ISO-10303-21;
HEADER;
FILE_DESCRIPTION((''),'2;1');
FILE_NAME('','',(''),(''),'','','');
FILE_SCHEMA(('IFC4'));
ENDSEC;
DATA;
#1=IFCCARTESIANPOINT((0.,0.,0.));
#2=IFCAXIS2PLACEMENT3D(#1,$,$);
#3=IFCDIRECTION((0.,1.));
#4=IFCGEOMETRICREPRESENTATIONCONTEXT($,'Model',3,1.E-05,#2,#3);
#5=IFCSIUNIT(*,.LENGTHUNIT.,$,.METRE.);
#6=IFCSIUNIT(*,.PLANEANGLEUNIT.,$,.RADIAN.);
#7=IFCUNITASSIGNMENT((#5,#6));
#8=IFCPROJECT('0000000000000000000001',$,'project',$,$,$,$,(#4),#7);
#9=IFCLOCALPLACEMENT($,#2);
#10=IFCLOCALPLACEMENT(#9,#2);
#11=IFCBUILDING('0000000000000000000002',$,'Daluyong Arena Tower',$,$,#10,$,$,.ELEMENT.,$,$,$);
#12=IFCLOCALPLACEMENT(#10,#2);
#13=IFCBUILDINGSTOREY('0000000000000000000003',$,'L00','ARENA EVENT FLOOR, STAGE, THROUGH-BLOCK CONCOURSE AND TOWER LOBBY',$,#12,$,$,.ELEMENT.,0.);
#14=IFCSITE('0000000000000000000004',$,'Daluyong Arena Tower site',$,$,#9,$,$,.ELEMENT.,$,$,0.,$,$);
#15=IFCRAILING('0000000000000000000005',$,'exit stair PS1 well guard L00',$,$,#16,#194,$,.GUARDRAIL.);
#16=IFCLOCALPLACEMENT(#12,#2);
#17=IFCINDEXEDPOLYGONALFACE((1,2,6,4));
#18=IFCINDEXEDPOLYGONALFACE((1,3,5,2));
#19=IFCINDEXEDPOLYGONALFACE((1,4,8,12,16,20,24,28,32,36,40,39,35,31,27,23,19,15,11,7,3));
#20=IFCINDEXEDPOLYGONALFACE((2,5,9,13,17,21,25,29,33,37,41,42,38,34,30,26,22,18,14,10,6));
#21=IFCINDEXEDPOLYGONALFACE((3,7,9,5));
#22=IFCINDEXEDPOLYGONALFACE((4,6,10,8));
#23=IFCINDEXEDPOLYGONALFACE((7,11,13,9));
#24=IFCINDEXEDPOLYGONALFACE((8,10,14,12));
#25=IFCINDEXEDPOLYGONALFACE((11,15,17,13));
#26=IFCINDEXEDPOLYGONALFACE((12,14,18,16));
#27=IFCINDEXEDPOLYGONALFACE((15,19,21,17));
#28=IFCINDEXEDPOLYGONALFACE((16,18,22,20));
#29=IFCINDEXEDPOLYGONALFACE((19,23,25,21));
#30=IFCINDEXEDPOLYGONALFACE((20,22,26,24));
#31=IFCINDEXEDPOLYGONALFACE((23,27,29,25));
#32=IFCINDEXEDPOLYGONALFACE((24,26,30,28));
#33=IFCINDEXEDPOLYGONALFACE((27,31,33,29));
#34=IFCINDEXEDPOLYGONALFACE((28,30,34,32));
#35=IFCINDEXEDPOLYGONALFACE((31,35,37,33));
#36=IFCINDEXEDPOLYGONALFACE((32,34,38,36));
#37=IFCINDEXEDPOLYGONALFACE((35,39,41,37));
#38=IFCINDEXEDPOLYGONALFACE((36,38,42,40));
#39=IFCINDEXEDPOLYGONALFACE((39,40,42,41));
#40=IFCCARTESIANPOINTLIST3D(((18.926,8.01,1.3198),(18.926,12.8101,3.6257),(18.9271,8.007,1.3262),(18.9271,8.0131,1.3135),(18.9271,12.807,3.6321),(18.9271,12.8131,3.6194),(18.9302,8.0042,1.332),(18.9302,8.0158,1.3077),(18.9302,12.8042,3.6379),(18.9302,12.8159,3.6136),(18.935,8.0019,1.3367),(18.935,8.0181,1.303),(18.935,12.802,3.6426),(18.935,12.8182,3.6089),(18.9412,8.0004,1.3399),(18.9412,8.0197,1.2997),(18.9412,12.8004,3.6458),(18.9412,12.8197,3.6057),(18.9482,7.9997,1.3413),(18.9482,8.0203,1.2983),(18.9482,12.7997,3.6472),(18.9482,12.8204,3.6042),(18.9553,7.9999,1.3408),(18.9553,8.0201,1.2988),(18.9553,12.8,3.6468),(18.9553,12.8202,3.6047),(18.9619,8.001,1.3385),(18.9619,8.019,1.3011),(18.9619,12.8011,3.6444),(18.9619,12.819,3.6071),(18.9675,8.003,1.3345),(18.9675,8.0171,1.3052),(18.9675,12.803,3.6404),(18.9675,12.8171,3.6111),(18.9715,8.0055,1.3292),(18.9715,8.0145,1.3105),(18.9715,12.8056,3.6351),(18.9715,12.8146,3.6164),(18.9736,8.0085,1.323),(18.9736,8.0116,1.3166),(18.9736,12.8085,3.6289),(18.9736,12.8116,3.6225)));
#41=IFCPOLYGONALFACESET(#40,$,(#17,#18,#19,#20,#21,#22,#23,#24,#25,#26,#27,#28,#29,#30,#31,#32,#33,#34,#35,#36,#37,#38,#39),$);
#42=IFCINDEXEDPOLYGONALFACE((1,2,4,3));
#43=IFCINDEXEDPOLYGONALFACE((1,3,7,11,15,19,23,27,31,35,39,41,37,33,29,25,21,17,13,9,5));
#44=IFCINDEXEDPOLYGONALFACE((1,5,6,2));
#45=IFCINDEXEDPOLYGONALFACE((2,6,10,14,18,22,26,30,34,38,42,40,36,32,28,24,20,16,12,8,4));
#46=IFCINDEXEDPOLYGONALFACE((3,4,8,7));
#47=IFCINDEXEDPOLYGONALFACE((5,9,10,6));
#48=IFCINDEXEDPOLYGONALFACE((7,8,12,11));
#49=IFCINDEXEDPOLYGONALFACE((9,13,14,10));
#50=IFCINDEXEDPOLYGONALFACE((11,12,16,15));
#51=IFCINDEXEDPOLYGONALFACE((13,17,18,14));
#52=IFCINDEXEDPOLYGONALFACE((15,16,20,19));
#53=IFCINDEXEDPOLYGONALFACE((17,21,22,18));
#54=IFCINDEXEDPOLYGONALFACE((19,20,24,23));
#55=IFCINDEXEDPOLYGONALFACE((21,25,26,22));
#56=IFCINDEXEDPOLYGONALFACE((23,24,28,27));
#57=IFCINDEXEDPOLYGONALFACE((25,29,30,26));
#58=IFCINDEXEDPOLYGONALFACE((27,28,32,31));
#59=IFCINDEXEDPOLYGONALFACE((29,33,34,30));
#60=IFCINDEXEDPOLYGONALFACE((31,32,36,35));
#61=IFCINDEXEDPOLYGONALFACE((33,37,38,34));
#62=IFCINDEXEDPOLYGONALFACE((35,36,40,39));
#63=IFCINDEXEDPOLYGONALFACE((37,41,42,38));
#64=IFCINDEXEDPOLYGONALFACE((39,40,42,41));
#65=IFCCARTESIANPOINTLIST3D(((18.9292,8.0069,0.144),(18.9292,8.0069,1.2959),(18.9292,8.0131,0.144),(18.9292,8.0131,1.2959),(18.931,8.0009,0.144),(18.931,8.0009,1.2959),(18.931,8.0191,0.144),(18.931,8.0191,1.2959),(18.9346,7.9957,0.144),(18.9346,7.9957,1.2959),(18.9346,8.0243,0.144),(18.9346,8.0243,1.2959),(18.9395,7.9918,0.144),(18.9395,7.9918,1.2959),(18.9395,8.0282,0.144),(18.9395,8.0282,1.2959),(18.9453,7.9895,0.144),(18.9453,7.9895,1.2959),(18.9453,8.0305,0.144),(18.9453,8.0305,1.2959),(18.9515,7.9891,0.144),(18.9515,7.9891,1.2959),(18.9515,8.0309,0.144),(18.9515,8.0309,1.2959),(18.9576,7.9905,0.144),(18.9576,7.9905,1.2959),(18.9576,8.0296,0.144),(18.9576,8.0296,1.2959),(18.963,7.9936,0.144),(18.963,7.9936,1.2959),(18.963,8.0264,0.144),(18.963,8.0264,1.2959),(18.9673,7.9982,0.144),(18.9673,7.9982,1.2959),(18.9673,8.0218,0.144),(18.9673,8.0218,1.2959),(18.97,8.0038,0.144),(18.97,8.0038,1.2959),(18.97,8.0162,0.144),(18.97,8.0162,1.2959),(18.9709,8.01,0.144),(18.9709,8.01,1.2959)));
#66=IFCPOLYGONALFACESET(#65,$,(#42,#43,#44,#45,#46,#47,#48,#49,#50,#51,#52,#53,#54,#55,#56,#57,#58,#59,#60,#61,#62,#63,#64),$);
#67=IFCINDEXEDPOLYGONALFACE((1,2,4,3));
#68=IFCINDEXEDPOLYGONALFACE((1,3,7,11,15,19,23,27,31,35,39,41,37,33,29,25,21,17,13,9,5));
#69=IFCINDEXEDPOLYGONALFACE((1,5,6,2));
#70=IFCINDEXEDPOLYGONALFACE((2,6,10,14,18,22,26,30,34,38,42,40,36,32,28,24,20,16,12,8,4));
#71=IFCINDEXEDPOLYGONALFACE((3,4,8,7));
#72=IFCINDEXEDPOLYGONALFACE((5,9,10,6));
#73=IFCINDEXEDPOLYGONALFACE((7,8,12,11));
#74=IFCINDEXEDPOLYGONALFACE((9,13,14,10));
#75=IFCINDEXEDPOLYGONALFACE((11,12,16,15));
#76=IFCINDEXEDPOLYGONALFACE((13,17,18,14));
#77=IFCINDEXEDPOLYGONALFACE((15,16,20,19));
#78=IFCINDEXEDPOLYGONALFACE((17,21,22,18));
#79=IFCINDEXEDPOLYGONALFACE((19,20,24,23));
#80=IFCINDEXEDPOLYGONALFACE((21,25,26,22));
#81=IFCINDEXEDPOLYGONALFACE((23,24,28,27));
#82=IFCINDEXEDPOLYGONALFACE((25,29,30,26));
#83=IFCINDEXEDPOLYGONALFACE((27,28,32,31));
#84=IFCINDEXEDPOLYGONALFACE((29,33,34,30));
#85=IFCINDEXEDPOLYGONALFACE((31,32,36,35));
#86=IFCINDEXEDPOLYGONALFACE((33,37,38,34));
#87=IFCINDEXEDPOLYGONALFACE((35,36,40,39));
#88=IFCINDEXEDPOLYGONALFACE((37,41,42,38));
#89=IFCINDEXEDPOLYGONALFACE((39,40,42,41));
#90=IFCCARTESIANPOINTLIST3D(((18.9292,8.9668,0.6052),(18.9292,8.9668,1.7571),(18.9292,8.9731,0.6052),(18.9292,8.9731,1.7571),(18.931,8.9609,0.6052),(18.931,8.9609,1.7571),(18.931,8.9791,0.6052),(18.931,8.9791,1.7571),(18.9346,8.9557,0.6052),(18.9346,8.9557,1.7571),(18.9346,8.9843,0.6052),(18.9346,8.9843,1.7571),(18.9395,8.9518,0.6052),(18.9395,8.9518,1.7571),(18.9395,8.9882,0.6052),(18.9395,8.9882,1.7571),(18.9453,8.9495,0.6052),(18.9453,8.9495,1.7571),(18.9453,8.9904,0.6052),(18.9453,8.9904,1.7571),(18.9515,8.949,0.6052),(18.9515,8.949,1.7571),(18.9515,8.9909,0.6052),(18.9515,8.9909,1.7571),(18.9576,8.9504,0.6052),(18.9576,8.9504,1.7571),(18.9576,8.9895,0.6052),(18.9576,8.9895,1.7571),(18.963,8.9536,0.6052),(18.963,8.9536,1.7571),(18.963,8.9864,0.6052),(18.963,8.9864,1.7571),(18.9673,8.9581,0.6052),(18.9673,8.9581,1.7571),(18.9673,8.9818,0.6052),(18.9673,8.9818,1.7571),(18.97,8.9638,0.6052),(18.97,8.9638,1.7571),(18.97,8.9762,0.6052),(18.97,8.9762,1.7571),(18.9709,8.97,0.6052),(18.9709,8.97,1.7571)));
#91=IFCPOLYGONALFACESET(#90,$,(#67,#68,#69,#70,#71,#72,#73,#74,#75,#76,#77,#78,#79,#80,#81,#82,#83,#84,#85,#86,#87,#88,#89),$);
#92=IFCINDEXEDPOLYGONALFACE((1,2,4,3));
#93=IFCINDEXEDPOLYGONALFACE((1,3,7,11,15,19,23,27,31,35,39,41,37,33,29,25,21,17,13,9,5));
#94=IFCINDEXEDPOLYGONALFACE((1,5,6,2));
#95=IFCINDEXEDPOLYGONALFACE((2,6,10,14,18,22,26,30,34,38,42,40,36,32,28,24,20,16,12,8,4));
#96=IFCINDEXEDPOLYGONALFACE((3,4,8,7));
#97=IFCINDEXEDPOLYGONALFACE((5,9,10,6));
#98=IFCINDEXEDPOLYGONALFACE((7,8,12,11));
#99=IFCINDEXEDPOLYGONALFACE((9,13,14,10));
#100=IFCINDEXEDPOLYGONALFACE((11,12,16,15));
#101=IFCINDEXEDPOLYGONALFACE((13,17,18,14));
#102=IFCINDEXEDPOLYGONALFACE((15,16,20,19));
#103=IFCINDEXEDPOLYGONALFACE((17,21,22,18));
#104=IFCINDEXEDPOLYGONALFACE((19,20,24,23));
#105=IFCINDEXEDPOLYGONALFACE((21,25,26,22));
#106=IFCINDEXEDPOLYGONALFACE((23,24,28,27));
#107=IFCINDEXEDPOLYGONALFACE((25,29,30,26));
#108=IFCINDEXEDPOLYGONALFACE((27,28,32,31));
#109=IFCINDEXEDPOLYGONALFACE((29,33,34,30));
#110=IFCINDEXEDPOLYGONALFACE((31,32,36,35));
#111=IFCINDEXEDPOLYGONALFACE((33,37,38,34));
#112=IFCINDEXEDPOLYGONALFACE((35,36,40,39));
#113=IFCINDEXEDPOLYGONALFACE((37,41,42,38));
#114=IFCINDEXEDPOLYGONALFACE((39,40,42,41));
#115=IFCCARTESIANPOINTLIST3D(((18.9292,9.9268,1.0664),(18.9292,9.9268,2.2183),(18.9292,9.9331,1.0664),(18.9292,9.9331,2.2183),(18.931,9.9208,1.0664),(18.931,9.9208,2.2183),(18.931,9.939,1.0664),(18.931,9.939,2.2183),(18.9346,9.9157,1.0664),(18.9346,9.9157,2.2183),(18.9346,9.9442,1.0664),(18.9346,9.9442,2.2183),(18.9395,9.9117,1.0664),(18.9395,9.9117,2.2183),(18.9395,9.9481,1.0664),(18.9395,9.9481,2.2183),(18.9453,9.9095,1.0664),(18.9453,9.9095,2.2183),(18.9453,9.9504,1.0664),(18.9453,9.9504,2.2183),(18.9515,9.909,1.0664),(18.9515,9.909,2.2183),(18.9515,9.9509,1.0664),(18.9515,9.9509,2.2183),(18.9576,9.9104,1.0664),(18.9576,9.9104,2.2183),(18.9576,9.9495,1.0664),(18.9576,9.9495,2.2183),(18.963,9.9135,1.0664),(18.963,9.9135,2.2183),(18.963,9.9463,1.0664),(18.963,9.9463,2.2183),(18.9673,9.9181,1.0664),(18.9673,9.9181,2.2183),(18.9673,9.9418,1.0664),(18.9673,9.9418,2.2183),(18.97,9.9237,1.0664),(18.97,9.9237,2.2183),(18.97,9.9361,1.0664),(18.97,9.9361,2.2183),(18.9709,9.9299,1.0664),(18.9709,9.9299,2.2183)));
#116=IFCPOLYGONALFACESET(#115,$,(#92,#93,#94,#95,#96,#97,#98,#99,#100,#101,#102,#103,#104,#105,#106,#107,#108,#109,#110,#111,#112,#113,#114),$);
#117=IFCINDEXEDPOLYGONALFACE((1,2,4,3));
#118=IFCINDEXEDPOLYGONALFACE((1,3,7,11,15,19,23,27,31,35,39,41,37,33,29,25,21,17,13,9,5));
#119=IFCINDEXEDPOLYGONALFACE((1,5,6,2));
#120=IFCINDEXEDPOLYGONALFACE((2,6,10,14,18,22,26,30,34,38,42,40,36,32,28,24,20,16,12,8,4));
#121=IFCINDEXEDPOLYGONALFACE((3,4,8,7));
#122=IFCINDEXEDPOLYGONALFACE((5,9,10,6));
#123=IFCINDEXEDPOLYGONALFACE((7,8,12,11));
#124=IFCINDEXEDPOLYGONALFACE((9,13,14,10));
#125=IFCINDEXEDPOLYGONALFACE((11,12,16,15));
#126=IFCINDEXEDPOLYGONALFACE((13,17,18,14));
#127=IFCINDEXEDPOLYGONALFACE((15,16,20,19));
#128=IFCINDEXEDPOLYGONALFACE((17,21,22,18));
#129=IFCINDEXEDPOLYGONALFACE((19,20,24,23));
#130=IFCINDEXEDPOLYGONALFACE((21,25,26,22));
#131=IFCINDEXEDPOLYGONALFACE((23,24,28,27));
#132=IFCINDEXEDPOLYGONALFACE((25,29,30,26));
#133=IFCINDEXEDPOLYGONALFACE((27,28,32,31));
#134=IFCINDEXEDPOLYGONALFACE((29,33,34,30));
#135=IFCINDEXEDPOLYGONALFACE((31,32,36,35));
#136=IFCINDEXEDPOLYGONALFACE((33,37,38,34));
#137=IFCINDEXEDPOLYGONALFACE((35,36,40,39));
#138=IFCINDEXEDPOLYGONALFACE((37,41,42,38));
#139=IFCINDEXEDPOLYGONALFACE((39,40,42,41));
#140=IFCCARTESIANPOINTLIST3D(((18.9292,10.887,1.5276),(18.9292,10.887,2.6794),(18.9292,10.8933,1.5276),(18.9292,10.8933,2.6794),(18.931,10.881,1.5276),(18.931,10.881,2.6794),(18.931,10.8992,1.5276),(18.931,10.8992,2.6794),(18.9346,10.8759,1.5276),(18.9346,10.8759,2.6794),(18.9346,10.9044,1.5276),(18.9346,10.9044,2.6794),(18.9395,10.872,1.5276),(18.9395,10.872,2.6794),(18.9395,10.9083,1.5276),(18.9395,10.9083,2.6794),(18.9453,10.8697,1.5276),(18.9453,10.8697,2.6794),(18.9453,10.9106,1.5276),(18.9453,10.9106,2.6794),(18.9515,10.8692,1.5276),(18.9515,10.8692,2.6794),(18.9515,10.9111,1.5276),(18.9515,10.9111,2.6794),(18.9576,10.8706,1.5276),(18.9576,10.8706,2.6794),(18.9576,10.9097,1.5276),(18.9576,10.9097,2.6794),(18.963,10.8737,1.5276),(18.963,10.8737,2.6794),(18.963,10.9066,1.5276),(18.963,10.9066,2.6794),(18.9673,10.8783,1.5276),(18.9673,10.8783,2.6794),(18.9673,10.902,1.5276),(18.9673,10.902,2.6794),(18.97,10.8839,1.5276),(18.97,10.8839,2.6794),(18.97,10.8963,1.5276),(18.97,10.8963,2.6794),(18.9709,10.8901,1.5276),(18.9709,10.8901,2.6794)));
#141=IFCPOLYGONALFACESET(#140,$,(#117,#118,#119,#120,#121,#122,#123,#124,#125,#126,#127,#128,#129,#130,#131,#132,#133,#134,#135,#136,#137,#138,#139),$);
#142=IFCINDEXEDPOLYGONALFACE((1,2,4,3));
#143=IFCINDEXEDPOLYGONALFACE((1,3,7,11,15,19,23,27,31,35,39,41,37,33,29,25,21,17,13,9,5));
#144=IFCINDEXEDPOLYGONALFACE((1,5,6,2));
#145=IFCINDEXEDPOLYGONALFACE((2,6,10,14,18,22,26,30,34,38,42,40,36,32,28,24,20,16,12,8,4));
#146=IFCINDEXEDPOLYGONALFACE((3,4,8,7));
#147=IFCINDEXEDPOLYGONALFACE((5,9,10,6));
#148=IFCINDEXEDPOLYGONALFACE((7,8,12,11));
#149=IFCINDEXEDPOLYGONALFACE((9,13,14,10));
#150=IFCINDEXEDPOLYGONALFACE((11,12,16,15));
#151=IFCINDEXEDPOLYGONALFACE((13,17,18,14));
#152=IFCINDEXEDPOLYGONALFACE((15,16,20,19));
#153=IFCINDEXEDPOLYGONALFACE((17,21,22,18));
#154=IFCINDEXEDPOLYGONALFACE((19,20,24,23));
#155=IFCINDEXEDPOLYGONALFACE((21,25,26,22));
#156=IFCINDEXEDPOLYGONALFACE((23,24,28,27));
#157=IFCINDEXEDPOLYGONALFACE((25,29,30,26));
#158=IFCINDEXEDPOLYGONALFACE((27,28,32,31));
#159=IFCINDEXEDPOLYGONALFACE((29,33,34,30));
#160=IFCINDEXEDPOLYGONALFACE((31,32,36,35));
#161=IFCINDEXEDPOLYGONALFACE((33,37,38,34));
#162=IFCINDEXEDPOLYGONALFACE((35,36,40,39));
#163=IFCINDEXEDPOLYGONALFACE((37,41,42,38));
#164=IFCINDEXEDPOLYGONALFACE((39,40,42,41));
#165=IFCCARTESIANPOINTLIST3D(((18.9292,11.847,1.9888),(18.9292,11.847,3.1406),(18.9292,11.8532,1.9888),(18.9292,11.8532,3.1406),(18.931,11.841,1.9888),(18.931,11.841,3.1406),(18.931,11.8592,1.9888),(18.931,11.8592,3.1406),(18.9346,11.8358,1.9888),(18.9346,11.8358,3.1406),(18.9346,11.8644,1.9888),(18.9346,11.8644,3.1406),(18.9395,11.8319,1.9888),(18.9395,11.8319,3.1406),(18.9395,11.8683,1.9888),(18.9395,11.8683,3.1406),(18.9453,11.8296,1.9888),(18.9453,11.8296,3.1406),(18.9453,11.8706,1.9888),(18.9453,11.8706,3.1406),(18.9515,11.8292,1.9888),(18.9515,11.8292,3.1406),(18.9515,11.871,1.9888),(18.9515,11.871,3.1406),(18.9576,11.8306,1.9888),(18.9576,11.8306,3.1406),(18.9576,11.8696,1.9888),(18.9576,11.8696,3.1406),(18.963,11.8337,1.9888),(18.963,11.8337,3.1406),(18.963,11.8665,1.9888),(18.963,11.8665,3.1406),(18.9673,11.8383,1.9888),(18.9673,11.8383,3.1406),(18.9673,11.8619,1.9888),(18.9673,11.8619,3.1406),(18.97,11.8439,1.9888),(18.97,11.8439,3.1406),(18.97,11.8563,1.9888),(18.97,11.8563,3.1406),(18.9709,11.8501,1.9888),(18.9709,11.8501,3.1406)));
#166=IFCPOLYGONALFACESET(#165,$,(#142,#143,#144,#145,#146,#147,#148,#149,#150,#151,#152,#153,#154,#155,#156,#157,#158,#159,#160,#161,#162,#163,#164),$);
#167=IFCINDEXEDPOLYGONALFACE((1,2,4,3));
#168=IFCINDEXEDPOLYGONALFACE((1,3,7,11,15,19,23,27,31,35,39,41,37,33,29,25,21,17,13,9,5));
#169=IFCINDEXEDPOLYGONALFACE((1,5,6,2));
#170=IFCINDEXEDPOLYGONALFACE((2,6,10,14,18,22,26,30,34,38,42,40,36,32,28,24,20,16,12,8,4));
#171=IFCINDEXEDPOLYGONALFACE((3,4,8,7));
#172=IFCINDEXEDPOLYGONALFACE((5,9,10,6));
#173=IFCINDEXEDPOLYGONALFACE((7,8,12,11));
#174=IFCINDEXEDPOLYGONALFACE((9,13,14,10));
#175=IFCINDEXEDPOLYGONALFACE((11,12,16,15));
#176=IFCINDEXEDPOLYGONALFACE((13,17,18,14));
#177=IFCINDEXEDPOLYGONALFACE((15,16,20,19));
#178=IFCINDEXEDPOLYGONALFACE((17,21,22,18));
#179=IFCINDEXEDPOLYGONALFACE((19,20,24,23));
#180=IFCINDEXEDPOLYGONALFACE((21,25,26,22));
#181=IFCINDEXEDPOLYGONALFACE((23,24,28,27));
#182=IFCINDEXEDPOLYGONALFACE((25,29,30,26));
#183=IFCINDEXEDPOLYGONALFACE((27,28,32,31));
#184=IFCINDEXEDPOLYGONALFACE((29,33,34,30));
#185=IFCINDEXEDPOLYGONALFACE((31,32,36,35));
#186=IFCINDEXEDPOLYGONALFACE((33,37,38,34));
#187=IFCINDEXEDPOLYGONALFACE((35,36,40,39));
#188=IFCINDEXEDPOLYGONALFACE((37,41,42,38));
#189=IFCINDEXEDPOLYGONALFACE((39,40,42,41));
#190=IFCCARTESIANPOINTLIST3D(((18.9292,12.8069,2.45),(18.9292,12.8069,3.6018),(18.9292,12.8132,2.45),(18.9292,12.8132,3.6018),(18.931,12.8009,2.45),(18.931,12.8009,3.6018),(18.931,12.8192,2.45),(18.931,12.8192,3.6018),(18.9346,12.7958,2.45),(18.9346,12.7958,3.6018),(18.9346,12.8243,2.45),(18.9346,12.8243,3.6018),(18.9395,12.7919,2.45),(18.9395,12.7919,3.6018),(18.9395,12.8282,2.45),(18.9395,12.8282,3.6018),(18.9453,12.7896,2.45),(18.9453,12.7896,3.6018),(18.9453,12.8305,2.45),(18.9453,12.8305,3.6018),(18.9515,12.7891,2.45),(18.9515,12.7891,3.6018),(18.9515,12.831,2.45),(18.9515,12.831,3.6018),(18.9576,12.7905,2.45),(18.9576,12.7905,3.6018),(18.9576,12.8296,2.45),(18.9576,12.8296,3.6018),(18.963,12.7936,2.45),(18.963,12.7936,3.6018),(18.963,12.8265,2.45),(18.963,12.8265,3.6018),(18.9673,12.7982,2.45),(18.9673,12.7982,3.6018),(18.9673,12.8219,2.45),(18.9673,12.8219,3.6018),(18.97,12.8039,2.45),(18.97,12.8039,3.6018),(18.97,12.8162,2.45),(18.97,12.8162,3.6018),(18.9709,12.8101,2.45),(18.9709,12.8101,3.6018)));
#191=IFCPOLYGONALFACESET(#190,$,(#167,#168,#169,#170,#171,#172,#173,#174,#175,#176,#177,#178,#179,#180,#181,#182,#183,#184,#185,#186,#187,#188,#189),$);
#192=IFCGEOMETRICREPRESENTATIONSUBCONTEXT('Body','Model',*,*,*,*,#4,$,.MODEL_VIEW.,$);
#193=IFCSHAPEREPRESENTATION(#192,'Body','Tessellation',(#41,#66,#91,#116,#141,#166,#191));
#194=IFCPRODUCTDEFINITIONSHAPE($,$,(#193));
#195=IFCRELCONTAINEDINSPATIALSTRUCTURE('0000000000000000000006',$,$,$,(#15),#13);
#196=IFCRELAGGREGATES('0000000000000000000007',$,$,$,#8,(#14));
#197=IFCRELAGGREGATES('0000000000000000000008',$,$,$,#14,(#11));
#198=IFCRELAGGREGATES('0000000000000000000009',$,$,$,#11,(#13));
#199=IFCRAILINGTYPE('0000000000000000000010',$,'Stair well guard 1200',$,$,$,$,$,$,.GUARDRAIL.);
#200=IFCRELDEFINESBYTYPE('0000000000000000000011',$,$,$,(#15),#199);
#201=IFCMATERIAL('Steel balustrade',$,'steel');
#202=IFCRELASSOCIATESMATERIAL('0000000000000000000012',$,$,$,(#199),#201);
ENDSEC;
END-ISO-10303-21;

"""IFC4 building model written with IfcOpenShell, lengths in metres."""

from ifc_helpers import new_model, si_unit, direction, frame, origin, origin_2d, place, context, subcontext, project, spatial, circle, extrude, material, type_object, element, save


model = new_model("IFC4")

# Units and contexts
model_context = context("Model", 3, precision=1e-05, world=origin(), true_north=direction((0.0, 1.0)))
body_context = subcontext(model_context, "Body", "Model", "MODEL_VIEW")
ifc_project = project(units=[si_unit("LENGTHUNIT", "METRE"), si_unit("PLANEANGLEUNIT", "RADIAN")], contexts=[model_context])

# Site, building, storey
site_placement = place(None, origin())
site = spatial("IfcSite", under=ifc_project, at=site_placement, Name="Daluyong Arena Tower site", CompositionType="ELEMENT", RefElevation=0.0)
building_placement = place(site_placement, origin())
building = spatial("IfcBuilding", under=site, at=building_placement, Name="Daluyong Arena Tower", CompositionType="ELEMENT")
storey_placement = place(building_placement, origin())
storey = spatial("IfcBuildingStorey", under=building, at=storey_placement, Name="L00", Description="ARENA EVENT FLOOR, STAGE, THROUGH-BLOCK CONCOURSE AND TOWER LOBBY", CompositionType="ELEMENT", Elevation=0.0)

# Railing
ifc_material_1 = material(Name="Steel balustrade", Category="steel")
railing_type_1 = type_object("IfcRailingType", Name="Stair well guard 1200", PredefinedType="GUARDRAIL", material=ifc_material_1)
railing_1_placement = place(storey_placement, frame((18.95, 8.01, 0.144)))
element("IfcRailing", 1, at=railing_1_placement, inside=storey, type_object=railing_type_1, Name="exit stair PS1 well guard L00", PredefinedType="GUARDRAIL", context=body_context, shape_type="SweptSolid", body=[
    extrude(circle(Radius=0.0239, at=origin_2d()), frame((0.0, 0.0, 1.1758), z_axis=(0.0, 0.901385, 0.433019), x_axis=(-1.0, 0.0, 0.0)), (0.0, 0.0, 1.0), 5.3252),
    extrude(circle(Radius=0.021, at=origin_2d()), origin(), (0.0, 0.0, 1.0), 1.1519),
    extrude(circle(Radius=0.021, at=origin_2d()), frame((0.0, 0.96, 0.4612)), (0.0, 0.0, 1.0), 1.1519),
    extrude(circle(Radius=0.021, at=origin_2d()), frame((0.0, 1.9199, 0.9224)), (0.0, 0.0, 1.0), 1.1519),
    extrude(circle(Radius=0.021, at=origin_2d()), frame((0.0, 2.8801, 1.3835)), (0.0, 0.0, 1.0), 1.1519),
    extrude(circle(Radius=0.021, at=origin_2d()), frame((0.0, 3.8401, 1.8447)), (0.0, 0.0, 1.0), 1.1519),
    extrude(circle(Radius=0.021, at=origin_2d()), frame((0.0, 4.8, 2.3059)), (0.0, 0.0, 1.0), 1.1519),
])

save(model, "model.ifc")
